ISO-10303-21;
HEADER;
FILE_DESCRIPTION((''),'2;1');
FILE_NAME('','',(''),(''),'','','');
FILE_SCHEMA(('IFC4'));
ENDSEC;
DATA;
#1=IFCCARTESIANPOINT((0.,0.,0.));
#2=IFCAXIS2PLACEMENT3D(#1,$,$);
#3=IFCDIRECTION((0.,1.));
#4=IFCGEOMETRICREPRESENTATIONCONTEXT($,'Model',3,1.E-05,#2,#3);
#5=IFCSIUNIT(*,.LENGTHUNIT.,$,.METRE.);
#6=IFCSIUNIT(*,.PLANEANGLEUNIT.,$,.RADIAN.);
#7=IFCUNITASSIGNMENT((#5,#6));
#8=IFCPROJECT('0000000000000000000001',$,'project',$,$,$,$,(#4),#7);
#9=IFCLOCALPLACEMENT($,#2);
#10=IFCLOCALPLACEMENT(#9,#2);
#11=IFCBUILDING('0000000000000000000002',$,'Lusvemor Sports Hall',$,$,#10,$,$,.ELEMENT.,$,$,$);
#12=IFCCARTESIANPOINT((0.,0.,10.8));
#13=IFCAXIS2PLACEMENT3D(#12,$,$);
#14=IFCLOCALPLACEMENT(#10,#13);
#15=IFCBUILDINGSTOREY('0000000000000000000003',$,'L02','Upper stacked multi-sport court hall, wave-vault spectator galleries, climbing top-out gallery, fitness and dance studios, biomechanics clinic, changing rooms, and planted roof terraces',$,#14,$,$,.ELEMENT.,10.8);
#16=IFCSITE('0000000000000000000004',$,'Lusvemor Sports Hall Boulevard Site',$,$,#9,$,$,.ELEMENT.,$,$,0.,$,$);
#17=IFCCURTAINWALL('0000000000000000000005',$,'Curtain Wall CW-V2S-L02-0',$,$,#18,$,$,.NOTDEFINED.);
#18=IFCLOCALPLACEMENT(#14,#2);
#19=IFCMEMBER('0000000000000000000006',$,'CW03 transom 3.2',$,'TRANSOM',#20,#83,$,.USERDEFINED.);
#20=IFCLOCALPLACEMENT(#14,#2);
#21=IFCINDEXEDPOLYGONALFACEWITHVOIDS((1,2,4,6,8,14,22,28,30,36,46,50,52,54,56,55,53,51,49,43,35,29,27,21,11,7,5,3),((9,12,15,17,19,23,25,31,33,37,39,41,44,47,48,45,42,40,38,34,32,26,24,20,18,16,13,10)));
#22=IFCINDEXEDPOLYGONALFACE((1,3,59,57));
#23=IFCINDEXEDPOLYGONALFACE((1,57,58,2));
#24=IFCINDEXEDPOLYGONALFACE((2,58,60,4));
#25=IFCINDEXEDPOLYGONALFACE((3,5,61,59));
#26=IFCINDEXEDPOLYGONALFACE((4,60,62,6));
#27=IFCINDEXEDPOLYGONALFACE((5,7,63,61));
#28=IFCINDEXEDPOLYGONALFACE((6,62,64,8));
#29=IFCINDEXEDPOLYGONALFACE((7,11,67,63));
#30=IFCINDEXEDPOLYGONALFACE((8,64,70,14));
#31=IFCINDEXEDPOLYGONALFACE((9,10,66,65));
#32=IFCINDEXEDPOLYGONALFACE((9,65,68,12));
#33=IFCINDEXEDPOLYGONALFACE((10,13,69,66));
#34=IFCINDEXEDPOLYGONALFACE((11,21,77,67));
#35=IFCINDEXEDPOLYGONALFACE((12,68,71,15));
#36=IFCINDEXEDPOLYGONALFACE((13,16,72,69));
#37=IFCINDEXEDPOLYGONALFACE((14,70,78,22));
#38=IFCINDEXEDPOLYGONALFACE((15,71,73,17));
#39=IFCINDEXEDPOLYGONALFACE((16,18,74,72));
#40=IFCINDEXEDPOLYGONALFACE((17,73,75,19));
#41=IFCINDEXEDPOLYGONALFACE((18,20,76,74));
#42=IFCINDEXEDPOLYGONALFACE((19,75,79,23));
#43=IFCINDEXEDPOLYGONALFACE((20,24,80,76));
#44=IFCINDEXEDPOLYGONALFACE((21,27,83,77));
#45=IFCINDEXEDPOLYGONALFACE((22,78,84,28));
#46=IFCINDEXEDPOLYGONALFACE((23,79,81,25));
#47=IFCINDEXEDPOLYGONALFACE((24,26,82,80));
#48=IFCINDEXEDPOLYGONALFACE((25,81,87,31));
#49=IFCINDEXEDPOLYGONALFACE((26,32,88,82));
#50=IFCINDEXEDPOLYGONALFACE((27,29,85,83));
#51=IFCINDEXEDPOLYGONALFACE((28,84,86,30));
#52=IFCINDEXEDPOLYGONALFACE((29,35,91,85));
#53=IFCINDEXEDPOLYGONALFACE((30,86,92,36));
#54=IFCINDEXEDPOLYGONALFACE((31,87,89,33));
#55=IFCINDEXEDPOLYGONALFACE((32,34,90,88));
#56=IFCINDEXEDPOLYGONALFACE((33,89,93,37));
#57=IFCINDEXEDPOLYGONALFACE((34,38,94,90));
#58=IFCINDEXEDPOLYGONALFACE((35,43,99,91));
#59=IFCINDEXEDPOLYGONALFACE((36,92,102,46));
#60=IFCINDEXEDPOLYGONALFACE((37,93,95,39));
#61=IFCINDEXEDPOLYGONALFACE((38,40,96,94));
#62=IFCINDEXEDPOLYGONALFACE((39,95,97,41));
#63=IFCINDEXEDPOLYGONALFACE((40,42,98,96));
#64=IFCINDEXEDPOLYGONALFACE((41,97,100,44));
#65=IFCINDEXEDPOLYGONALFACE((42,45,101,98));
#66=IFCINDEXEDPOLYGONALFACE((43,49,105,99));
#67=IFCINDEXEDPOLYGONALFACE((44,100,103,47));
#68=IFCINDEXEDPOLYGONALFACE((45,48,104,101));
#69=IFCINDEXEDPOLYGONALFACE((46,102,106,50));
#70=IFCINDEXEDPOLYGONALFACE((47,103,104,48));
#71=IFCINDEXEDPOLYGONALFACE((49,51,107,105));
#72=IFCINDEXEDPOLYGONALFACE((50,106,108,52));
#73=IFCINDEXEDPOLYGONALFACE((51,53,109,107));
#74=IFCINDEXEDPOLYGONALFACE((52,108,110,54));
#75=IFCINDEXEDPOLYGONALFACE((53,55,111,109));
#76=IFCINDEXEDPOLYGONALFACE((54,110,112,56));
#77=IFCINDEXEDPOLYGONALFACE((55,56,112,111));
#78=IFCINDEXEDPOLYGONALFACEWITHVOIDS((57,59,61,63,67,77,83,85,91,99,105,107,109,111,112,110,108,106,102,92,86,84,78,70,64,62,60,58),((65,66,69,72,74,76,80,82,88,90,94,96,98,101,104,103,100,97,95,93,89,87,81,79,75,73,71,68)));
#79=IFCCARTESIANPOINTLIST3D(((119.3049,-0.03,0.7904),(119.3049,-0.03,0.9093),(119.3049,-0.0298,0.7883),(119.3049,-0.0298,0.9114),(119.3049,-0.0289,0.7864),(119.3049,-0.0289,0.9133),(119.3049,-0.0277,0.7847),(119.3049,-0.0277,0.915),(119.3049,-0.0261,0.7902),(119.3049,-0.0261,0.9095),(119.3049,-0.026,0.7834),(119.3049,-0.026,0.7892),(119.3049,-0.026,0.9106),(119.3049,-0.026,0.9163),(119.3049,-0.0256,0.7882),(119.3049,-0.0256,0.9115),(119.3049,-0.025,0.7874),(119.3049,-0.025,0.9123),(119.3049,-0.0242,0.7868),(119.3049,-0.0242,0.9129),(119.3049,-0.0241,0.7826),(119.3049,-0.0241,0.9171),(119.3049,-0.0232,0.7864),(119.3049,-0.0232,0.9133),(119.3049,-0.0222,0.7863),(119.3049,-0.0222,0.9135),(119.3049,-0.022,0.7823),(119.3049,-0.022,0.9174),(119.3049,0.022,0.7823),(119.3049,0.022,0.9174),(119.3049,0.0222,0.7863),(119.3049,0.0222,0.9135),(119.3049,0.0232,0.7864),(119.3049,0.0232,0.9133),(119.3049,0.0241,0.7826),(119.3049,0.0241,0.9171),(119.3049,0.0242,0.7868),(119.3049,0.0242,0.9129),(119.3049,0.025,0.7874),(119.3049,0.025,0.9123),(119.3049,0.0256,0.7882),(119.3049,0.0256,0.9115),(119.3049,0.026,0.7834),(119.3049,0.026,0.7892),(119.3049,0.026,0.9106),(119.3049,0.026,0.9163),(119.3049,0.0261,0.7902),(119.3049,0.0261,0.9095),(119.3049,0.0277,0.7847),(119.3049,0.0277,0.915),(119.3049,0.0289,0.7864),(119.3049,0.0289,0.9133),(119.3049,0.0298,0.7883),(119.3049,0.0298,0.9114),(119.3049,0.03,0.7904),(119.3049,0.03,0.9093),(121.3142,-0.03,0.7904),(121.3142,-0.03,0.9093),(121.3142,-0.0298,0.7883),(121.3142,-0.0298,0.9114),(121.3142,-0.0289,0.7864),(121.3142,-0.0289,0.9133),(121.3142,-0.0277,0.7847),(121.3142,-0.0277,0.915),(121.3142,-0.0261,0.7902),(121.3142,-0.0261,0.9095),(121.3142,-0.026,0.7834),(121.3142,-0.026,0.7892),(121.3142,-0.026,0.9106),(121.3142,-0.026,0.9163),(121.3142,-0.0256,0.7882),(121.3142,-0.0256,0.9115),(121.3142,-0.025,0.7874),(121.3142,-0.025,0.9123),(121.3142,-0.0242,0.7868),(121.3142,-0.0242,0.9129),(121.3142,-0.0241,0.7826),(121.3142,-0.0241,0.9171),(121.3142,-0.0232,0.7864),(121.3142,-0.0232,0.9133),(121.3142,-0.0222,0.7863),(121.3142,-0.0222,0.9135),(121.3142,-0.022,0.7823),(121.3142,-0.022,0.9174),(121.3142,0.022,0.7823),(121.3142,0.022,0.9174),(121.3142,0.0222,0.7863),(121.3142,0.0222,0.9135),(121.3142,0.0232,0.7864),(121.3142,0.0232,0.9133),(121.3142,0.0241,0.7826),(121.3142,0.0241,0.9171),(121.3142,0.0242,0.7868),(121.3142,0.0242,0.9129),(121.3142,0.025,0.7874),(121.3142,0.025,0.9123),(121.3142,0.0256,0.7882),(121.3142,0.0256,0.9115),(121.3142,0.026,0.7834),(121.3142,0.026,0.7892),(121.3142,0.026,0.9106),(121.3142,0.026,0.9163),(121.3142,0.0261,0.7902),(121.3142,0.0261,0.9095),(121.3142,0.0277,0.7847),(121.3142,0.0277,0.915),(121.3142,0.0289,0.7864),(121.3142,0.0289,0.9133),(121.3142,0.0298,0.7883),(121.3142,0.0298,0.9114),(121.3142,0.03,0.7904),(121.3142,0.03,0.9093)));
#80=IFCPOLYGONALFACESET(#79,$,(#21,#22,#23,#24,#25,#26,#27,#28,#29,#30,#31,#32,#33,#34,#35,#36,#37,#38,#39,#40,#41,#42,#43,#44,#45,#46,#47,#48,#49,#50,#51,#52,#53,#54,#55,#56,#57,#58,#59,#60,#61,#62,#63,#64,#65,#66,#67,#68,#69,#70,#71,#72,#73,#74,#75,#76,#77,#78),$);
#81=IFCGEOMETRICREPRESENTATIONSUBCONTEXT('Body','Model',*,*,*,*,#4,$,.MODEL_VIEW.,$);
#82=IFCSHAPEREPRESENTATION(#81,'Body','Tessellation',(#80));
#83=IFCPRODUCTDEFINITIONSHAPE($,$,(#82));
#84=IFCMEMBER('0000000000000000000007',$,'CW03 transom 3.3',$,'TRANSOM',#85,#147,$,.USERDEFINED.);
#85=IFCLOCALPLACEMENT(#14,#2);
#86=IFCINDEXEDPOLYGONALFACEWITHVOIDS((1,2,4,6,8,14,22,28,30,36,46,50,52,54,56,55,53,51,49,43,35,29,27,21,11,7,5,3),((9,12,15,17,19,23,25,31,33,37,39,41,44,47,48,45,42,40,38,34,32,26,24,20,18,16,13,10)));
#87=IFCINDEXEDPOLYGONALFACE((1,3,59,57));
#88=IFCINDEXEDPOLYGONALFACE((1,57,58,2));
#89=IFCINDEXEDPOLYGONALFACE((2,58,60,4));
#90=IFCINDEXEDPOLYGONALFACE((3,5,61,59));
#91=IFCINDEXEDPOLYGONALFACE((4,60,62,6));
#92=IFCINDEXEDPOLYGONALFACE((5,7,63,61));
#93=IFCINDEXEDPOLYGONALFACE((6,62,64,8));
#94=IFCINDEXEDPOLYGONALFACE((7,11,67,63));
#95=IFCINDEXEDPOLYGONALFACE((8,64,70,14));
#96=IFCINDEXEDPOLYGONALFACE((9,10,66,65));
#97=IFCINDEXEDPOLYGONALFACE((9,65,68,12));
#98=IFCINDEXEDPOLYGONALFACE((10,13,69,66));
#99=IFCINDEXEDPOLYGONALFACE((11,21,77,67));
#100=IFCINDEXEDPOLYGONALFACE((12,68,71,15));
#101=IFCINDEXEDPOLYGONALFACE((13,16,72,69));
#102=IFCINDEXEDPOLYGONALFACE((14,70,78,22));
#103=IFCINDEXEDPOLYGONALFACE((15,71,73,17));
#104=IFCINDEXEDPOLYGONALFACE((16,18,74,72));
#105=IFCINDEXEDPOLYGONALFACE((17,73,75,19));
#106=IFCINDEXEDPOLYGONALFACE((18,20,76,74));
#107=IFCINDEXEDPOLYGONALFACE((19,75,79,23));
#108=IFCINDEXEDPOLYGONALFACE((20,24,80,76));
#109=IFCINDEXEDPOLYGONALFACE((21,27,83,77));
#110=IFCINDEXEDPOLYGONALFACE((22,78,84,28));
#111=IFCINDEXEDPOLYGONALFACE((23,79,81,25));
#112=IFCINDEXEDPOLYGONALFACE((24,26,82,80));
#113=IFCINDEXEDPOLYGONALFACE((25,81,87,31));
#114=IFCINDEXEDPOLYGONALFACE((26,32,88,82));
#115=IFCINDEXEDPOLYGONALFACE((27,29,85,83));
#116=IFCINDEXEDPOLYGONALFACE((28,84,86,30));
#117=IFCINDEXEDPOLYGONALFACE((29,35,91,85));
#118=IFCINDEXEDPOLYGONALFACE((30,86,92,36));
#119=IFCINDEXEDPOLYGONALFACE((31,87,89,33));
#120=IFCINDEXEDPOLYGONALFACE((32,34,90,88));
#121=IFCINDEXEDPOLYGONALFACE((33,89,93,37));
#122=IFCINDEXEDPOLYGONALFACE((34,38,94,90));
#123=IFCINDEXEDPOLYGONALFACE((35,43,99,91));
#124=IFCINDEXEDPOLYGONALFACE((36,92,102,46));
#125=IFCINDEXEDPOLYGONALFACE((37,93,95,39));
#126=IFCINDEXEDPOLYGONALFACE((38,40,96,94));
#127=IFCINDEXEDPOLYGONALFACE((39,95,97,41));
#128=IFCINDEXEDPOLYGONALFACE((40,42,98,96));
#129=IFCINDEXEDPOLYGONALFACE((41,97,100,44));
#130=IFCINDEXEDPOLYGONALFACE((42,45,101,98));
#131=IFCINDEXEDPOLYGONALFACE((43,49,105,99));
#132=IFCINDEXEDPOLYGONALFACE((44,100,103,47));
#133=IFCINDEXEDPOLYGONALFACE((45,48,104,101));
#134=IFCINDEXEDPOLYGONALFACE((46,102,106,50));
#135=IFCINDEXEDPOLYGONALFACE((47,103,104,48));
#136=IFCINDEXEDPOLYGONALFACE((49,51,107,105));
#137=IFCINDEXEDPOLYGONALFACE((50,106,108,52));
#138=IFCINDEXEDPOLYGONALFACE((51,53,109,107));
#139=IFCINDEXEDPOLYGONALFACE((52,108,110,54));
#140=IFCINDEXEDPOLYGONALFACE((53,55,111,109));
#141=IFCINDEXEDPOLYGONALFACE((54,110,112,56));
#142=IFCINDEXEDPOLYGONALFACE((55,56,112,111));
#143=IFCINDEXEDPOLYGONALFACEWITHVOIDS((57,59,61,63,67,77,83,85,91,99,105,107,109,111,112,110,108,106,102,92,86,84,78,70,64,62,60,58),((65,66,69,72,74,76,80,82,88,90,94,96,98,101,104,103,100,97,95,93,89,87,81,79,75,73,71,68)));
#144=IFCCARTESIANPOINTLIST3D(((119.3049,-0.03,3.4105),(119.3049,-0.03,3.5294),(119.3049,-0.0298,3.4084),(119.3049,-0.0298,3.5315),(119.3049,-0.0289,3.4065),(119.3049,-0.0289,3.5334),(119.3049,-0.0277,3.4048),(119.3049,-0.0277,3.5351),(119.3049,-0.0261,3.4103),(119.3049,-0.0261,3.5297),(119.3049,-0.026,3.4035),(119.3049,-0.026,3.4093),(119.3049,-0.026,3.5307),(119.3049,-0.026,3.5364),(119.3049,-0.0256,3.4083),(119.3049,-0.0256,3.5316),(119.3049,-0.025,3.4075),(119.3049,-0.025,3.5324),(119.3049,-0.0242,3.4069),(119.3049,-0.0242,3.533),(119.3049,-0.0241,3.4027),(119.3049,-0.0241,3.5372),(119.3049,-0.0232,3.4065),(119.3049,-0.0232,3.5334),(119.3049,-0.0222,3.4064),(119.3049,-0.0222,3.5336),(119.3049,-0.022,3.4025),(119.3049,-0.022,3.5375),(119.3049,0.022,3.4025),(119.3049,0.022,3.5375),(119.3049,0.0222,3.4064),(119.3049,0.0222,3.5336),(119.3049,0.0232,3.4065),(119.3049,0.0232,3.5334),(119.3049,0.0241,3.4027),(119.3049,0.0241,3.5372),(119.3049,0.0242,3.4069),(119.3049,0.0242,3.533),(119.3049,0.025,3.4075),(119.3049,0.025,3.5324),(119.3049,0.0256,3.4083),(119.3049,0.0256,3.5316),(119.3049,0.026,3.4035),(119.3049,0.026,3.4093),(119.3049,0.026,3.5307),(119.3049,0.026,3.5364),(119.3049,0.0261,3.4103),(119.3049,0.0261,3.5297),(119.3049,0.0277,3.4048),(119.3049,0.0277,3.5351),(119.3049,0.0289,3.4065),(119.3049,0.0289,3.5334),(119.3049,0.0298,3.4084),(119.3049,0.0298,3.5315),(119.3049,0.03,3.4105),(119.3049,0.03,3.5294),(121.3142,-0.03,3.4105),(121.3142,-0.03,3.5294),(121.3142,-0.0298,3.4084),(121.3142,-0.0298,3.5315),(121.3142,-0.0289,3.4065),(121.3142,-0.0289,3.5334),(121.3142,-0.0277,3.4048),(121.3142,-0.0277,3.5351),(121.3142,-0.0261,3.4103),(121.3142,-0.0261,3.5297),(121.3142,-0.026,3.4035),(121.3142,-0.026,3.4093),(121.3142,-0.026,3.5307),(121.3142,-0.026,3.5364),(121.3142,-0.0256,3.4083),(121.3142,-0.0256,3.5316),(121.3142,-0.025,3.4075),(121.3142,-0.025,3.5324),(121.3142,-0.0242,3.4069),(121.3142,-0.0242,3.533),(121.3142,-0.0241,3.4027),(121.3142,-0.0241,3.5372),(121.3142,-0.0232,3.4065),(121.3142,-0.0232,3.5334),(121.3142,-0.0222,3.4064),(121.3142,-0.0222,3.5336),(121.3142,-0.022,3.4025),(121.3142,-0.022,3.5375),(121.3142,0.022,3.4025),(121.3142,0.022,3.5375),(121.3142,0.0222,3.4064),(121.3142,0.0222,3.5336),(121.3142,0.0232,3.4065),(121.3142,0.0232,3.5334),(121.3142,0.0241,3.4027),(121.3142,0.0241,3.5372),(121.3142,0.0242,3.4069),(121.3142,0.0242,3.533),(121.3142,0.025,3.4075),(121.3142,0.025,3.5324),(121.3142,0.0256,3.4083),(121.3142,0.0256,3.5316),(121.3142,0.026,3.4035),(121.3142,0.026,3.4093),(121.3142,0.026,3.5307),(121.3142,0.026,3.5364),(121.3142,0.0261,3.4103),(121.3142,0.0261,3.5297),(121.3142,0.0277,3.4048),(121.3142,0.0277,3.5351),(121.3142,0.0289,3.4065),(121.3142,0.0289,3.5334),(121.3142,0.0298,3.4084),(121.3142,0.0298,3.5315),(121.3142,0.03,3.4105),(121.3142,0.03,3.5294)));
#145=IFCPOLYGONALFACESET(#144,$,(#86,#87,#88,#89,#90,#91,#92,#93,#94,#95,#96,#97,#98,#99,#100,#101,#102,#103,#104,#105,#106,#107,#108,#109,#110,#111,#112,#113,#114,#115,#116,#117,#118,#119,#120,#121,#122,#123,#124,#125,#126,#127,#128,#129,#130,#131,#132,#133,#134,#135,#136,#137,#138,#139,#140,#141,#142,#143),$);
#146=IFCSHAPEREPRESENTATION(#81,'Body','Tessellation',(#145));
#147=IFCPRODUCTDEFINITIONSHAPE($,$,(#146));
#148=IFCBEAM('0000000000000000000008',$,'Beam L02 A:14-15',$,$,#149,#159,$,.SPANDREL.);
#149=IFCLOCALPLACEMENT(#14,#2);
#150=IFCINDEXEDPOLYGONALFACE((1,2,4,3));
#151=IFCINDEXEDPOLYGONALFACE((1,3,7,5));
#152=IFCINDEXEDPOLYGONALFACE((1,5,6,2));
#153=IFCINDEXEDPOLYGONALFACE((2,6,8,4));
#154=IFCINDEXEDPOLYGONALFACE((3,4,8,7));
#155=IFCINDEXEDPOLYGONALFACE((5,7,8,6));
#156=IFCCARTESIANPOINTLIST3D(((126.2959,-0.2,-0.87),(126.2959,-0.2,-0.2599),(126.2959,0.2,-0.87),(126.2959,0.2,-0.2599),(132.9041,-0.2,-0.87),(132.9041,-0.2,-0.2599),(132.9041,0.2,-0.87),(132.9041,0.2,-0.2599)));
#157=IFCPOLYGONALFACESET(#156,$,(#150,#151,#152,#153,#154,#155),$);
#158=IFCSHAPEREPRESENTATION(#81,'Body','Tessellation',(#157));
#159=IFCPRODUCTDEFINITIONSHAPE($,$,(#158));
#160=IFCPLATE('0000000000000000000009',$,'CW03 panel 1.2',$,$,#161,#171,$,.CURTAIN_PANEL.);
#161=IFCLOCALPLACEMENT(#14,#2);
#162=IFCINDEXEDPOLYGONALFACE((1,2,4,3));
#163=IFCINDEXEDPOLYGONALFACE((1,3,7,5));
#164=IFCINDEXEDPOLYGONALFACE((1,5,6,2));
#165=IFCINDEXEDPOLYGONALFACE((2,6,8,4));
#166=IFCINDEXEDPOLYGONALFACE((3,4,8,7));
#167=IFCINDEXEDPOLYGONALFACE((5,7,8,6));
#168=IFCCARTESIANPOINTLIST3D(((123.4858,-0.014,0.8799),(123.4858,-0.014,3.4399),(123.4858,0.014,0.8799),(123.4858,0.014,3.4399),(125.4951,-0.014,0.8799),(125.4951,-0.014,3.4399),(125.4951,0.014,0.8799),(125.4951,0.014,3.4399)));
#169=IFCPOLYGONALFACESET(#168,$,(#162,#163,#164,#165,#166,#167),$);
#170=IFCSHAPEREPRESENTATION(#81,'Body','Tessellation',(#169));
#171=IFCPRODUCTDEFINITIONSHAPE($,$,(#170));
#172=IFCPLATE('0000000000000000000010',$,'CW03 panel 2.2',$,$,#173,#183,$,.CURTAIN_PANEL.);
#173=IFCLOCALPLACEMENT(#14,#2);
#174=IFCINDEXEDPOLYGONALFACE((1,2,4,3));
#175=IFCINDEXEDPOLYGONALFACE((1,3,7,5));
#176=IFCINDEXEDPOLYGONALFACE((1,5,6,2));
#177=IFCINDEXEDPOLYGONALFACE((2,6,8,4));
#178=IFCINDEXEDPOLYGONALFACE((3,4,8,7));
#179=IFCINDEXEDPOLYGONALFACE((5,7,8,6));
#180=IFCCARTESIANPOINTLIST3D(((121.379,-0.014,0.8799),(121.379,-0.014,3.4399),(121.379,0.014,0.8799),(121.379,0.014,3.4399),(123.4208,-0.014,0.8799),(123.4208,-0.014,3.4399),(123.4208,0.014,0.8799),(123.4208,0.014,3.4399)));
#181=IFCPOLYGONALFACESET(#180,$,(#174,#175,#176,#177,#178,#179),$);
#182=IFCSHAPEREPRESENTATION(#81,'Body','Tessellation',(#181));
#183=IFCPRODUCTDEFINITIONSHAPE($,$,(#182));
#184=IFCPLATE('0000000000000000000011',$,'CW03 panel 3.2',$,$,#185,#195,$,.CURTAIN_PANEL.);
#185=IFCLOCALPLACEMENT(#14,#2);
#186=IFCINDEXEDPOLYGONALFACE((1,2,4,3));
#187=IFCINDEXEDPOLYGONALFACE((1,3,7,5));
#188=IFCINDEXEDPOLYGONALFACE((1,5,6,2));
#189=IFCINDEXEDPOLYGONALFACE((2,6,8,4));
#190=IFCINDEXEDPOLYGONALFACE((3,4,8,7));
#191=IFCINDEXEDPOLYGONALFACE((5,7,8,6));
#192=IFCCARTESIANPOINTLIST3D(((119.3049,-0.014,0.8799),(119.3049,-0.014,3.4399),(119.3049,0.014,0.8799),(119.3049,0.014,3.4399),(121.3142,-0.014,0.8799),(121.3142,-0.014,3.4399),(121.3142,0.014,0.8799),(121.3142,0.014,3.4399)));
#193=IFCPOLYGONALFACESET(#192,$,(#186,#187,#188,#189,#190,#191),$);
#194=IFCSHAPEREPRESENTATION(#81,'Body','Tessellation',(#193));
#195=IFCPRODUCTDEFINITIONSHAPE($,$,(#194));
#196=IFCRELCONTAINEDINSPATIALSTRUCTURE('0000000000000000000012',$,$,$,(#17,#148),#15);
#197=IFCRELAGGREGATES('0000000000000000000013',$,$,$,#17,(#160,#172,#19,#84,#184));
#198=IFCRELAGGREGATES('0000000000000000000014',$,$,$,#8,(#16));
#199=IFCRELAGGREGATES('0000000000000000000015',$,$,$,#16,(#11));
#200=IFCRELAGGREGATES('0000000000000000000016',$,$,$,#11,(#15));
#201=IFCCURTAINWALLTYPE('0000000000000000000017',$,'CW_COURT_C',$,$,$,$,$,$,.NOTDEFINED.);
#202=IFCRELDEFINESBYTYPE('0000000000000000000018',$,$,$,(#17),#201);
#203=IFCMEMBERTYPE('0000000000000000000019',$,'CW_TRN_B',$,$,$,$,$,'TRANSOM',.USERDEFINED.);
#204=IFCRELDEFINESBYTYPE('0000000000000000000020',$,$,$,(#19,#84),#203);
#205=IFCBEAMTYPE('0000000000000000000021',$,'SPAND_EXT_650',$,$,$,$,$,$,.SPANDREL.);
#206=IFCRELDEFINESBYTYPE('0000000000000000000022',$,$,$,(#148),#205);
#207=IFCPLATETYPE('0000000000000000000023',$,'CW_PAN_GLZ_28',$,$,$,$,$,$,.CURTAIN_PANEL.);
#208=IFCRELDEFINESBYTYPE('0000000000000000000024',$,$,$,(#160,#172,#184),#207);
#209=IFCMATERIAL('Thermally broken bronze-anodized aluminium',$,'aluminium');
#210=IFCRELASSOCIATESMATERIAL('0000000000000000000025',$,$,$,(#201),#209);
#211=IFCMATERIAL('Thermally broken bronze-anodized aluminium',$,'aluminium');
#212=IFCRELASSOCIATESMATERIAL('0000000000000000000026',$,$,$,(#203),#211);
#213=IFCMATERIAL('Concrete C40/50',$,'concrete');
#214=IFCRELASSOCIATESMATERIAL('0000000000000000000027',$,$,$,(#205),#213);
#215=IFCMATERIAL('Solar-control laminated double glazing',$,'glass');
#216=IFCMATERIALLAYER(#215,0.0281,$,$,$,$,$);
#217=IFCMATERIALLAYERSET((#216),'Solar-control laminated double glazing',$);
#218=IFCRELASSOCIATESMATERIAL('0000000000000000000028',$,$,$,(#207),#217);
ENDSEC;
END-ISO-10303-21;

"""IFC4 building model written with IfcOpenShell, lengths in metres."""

from ifc_helpers import new_model, si_unit, direction, frame, origin, origin_2d, place, context, subcontext, project, spatial, rectangle, hollow_rectangle, extrude, material, layer, layer_set, material_profile, profile_set, type_object, element, aggregate, save


model = new_model("IFC4")

# Units and contexts
model_context = context("Model", 3, precision=1e-05, world=origin(), true_north=direction((0.0, 1.0)))
body_context = subcontext(model_context, "Body", "Model", "MODEL_VIEW")
ifc_project = project(units=[si_unit("LENGTHUNIT", "METRE"), si_unit("PLANEANGLEUNIT", "RADIAN")], contexts=[model_context])

# Site, building, storey
site_placement = place(None, origin())
site = spatial("IfcSite", under=ifc_project, at=site_placement, Name="Lusvemor Sports Hall Boulevard Site", CompositionType="ELEMENT", RefElevation=0.0)
building_placement = place(site_placement, origin())
building = spatial("IfcBuilding", under=site, at=building_placement, Name="Lusvemor Sports Hall", CompositionType="ELEMENT")
storey_placement = place(building_placement, frame((0.0, 0.0, 10.8)))
storey = spatial("IfcBuildingStorey", under=building, at=storey_placement, Name="L02", Description="Upper stacked multi-sport court hall, wave-vault spectator galleries, climbing top-out gallery, fitness and dance studios, biomechanics clinic, changing rooms, and planted roof terraces", CompositionType="ELEMENT", Elevation=10.8)

# Curtain wall, members
ifc_material_1 = material(Name="Thermally broken bronze-anodized aluminium", Category="aluminium")
curtain_wall_type = type_object("IfcCurtainWallType", Name="CW_COURT_C", PredefinedType="NOTDEFINED", material=ifc_material_1)
curtain_wall_placement = place(storey_placement, origin())
curtain_wall = element("IfcCurtainWall", 1, at=curtain_wall_placement, inside=storey, type_object=curtain_wall_type, Name="Curtain Wall CW-V2S-L02-0", PredefinedType="NOTDEFINED")
ifc_material_2 = material(Name="Thermally broken bronze-anodized aluminium", Category="aluminium")
ifc_material_profile_1 = material_profile(ifc_material_2, hollow_rectangle(XDim=0.0601, YDim=0.135, WallThickness=0.0039, InnerFilletRadius=0.0039, OuterFilletRadius=0.0081, at=origin_2d()), Name="CWTRN135x60x4")
ifc_profile_set_1 = profile_set([ifc_material_profile_1], Name="Thermally broken bronze-anodized aluminium")
member_type_1 = type_object("IfcMemberType", Name="CW_TRN_B", ElementType="TRANSOM", PredefinedType="USERDEFINED", material=ifc_profile_set_1)
member_1_placement = place(storey_placement, frame((121.3142, 0.0, 0.8499), z_axis=(-1.0, 0.0, 0.0), x_axis=(0.0, -1.0, 0.0)))
member_1 = element("IfcMember", 2, at=member_1_placement, type_object=member_type_1, Name="CW03 transom 3.2", ObjectType="TRANSOM", PredefinedType="USERDEFINED", context=body_context, shape_type="SweptSolid", body=[
    extrude(hollow_rectangle(XDim=0.0601, YDim=0.135, WallThickness=0.0039, InnerFilletRadius=0.0039, OuterFilletRadius=0.0081, at=origin_2d()), origin(), (0.0, 0.0, 1.0), 2.0093),
])
member_2_placement = place(storey_placement, frame((121.3142, 0.0, 3.47), z_axis=(-1.0, 0.0, 0.0), x_axis=(0.0, -1.0, 0.0)))
member_2 = element("IfcMember", 3, at=member_2_placement, type_object=member_type_1, Name="CW03 transom 3.3", ObjectType="TRANSOM", PredefinedType="USERDEFINED", context=body_context, shape_type="SweptSolid", body=[
    extrude(hollow_rectangle(XDim=0.0601, YDim=0.135, WallThickness=0.0039, InnerFilletRadius=0.0039, OuterFilletRadius=0.0081, at=origin_2d()), origin(), (0.0, 0.0, 1.0), 2.0093),
])

# Beam
ifc_material_3 = material(Name="Concrete C40/50", Category="concrete")
ifc_material_profile_2 = material_profile(ifc_material_3, rectangle(XDim=0.3999, YDim=0.6101, at=origin_2d()), Name="RC400x610")
ifc_profile_set_2 = profile_set([ifc_material_profile_2], Name="Concrete C40/50")
beam_type = type_object("IfcBeamType", Name="SPAND_EXT_650", PredefinedType="SPANDREL", material=ifc_profile_set_2)
beam_placement = place(storey_placement, frame((126.2959, 0.0, -0.5649), z_axis=(1.0, 0.0, 0.0), x_axis=(0.0, 1.0, 0.0)))
element("IfcBeam", 4, at=beam_placement, inside=storey, type_object=beam_type, Name="Beam L02 A:14-15", PredefinedType="SPANDREL", context=body_context, shape_type="SweptSolid", body=[
    extrude(rectangle(XDim=0.3999, YDim=0.6101, at=origin_2d()), origin(), (0.0, 0.0, 1.0), 6.6082),
])

# Plates
ifc_material_4 = material(Name="Solar-control laminated double glazing", Category="glass")
ifc_layer_1 = layer(ifc_material_4, 0.0281)
ifc_layer_set_1 = layer_set([ifc_layer_1], Name="Solar-control laminated double glazing")
plate_type_1 = type_object("IfcPlateType", Name="CW_PAN_GLZ_28", PredefinedType="CURTAIN_PANEL", material=ifc_layer_set_1)
plate_1_placement = place(storey_placement, frame((124.4905, 0.0, 0.8799), z_axis=(0.0, 0.0, 1.0), x_axis=(-1.0, 0.0, 0.0)))
plate_1 = element("IfcPlate", 5, at=plate_1_placement, type_object=plate_type_1, Name="CW03 panel 1.2", PredefinedType="CURTAIN_PANEL", context=body_context, shape_type="SweptSolid", body=[
    extrude(rectangle(XDim=2.0093, YDim=0.0281, at=origin_2d()), origin(), (0.0, 0.0, 1.0), 2.5601),
])
plate_2_placement = place(storey_placement, frame((122.3999, 0.0, 0.8799), z_axis=(0.0, 0.0, 1.0), x_axis=(-1.0, 0.0, 0.0)))
plate_2 = element("IfcPlate", 6, at=plate_2_placement, type_object=plate_type_1, Name="CW03 panel 2.2", PredefinedType="CURTAIN_PANEL", context=body_context, shape_type="SweptSolid", body=[
    extrude(rectangle(XDim=2.0417, YDim=0.0281, at=origin_2d()), origin(), (0.0, 0.0, 1.0), 2.5601),
])
plate_3_placement = place(storey_placement, frame((120.3096, 0.0, 0.8799), z_axis=(0.0, 0.0, 1.0), x_axis=(-1.0, 0.0, 0.0)))
plate_3 = element("IfcPlate", 7, at=plate_3_placement, type_object=plate_type_1, Name="CW03 panel 3.2", PredefinedType="CURTAIN_PANEL", context=body_context, shape_type="SweptSolid", body=[
    extrude(rectangle(XDim=2.0093, YDim=0.0281, at=origin_2d()), origin(), (0.0, 0.0, 1.0), 2.5601),
])
aggregate(curtain_wall, [plate_1, plate_2, member_1, member_2, plate_3])

save(model, "model.ifc")
